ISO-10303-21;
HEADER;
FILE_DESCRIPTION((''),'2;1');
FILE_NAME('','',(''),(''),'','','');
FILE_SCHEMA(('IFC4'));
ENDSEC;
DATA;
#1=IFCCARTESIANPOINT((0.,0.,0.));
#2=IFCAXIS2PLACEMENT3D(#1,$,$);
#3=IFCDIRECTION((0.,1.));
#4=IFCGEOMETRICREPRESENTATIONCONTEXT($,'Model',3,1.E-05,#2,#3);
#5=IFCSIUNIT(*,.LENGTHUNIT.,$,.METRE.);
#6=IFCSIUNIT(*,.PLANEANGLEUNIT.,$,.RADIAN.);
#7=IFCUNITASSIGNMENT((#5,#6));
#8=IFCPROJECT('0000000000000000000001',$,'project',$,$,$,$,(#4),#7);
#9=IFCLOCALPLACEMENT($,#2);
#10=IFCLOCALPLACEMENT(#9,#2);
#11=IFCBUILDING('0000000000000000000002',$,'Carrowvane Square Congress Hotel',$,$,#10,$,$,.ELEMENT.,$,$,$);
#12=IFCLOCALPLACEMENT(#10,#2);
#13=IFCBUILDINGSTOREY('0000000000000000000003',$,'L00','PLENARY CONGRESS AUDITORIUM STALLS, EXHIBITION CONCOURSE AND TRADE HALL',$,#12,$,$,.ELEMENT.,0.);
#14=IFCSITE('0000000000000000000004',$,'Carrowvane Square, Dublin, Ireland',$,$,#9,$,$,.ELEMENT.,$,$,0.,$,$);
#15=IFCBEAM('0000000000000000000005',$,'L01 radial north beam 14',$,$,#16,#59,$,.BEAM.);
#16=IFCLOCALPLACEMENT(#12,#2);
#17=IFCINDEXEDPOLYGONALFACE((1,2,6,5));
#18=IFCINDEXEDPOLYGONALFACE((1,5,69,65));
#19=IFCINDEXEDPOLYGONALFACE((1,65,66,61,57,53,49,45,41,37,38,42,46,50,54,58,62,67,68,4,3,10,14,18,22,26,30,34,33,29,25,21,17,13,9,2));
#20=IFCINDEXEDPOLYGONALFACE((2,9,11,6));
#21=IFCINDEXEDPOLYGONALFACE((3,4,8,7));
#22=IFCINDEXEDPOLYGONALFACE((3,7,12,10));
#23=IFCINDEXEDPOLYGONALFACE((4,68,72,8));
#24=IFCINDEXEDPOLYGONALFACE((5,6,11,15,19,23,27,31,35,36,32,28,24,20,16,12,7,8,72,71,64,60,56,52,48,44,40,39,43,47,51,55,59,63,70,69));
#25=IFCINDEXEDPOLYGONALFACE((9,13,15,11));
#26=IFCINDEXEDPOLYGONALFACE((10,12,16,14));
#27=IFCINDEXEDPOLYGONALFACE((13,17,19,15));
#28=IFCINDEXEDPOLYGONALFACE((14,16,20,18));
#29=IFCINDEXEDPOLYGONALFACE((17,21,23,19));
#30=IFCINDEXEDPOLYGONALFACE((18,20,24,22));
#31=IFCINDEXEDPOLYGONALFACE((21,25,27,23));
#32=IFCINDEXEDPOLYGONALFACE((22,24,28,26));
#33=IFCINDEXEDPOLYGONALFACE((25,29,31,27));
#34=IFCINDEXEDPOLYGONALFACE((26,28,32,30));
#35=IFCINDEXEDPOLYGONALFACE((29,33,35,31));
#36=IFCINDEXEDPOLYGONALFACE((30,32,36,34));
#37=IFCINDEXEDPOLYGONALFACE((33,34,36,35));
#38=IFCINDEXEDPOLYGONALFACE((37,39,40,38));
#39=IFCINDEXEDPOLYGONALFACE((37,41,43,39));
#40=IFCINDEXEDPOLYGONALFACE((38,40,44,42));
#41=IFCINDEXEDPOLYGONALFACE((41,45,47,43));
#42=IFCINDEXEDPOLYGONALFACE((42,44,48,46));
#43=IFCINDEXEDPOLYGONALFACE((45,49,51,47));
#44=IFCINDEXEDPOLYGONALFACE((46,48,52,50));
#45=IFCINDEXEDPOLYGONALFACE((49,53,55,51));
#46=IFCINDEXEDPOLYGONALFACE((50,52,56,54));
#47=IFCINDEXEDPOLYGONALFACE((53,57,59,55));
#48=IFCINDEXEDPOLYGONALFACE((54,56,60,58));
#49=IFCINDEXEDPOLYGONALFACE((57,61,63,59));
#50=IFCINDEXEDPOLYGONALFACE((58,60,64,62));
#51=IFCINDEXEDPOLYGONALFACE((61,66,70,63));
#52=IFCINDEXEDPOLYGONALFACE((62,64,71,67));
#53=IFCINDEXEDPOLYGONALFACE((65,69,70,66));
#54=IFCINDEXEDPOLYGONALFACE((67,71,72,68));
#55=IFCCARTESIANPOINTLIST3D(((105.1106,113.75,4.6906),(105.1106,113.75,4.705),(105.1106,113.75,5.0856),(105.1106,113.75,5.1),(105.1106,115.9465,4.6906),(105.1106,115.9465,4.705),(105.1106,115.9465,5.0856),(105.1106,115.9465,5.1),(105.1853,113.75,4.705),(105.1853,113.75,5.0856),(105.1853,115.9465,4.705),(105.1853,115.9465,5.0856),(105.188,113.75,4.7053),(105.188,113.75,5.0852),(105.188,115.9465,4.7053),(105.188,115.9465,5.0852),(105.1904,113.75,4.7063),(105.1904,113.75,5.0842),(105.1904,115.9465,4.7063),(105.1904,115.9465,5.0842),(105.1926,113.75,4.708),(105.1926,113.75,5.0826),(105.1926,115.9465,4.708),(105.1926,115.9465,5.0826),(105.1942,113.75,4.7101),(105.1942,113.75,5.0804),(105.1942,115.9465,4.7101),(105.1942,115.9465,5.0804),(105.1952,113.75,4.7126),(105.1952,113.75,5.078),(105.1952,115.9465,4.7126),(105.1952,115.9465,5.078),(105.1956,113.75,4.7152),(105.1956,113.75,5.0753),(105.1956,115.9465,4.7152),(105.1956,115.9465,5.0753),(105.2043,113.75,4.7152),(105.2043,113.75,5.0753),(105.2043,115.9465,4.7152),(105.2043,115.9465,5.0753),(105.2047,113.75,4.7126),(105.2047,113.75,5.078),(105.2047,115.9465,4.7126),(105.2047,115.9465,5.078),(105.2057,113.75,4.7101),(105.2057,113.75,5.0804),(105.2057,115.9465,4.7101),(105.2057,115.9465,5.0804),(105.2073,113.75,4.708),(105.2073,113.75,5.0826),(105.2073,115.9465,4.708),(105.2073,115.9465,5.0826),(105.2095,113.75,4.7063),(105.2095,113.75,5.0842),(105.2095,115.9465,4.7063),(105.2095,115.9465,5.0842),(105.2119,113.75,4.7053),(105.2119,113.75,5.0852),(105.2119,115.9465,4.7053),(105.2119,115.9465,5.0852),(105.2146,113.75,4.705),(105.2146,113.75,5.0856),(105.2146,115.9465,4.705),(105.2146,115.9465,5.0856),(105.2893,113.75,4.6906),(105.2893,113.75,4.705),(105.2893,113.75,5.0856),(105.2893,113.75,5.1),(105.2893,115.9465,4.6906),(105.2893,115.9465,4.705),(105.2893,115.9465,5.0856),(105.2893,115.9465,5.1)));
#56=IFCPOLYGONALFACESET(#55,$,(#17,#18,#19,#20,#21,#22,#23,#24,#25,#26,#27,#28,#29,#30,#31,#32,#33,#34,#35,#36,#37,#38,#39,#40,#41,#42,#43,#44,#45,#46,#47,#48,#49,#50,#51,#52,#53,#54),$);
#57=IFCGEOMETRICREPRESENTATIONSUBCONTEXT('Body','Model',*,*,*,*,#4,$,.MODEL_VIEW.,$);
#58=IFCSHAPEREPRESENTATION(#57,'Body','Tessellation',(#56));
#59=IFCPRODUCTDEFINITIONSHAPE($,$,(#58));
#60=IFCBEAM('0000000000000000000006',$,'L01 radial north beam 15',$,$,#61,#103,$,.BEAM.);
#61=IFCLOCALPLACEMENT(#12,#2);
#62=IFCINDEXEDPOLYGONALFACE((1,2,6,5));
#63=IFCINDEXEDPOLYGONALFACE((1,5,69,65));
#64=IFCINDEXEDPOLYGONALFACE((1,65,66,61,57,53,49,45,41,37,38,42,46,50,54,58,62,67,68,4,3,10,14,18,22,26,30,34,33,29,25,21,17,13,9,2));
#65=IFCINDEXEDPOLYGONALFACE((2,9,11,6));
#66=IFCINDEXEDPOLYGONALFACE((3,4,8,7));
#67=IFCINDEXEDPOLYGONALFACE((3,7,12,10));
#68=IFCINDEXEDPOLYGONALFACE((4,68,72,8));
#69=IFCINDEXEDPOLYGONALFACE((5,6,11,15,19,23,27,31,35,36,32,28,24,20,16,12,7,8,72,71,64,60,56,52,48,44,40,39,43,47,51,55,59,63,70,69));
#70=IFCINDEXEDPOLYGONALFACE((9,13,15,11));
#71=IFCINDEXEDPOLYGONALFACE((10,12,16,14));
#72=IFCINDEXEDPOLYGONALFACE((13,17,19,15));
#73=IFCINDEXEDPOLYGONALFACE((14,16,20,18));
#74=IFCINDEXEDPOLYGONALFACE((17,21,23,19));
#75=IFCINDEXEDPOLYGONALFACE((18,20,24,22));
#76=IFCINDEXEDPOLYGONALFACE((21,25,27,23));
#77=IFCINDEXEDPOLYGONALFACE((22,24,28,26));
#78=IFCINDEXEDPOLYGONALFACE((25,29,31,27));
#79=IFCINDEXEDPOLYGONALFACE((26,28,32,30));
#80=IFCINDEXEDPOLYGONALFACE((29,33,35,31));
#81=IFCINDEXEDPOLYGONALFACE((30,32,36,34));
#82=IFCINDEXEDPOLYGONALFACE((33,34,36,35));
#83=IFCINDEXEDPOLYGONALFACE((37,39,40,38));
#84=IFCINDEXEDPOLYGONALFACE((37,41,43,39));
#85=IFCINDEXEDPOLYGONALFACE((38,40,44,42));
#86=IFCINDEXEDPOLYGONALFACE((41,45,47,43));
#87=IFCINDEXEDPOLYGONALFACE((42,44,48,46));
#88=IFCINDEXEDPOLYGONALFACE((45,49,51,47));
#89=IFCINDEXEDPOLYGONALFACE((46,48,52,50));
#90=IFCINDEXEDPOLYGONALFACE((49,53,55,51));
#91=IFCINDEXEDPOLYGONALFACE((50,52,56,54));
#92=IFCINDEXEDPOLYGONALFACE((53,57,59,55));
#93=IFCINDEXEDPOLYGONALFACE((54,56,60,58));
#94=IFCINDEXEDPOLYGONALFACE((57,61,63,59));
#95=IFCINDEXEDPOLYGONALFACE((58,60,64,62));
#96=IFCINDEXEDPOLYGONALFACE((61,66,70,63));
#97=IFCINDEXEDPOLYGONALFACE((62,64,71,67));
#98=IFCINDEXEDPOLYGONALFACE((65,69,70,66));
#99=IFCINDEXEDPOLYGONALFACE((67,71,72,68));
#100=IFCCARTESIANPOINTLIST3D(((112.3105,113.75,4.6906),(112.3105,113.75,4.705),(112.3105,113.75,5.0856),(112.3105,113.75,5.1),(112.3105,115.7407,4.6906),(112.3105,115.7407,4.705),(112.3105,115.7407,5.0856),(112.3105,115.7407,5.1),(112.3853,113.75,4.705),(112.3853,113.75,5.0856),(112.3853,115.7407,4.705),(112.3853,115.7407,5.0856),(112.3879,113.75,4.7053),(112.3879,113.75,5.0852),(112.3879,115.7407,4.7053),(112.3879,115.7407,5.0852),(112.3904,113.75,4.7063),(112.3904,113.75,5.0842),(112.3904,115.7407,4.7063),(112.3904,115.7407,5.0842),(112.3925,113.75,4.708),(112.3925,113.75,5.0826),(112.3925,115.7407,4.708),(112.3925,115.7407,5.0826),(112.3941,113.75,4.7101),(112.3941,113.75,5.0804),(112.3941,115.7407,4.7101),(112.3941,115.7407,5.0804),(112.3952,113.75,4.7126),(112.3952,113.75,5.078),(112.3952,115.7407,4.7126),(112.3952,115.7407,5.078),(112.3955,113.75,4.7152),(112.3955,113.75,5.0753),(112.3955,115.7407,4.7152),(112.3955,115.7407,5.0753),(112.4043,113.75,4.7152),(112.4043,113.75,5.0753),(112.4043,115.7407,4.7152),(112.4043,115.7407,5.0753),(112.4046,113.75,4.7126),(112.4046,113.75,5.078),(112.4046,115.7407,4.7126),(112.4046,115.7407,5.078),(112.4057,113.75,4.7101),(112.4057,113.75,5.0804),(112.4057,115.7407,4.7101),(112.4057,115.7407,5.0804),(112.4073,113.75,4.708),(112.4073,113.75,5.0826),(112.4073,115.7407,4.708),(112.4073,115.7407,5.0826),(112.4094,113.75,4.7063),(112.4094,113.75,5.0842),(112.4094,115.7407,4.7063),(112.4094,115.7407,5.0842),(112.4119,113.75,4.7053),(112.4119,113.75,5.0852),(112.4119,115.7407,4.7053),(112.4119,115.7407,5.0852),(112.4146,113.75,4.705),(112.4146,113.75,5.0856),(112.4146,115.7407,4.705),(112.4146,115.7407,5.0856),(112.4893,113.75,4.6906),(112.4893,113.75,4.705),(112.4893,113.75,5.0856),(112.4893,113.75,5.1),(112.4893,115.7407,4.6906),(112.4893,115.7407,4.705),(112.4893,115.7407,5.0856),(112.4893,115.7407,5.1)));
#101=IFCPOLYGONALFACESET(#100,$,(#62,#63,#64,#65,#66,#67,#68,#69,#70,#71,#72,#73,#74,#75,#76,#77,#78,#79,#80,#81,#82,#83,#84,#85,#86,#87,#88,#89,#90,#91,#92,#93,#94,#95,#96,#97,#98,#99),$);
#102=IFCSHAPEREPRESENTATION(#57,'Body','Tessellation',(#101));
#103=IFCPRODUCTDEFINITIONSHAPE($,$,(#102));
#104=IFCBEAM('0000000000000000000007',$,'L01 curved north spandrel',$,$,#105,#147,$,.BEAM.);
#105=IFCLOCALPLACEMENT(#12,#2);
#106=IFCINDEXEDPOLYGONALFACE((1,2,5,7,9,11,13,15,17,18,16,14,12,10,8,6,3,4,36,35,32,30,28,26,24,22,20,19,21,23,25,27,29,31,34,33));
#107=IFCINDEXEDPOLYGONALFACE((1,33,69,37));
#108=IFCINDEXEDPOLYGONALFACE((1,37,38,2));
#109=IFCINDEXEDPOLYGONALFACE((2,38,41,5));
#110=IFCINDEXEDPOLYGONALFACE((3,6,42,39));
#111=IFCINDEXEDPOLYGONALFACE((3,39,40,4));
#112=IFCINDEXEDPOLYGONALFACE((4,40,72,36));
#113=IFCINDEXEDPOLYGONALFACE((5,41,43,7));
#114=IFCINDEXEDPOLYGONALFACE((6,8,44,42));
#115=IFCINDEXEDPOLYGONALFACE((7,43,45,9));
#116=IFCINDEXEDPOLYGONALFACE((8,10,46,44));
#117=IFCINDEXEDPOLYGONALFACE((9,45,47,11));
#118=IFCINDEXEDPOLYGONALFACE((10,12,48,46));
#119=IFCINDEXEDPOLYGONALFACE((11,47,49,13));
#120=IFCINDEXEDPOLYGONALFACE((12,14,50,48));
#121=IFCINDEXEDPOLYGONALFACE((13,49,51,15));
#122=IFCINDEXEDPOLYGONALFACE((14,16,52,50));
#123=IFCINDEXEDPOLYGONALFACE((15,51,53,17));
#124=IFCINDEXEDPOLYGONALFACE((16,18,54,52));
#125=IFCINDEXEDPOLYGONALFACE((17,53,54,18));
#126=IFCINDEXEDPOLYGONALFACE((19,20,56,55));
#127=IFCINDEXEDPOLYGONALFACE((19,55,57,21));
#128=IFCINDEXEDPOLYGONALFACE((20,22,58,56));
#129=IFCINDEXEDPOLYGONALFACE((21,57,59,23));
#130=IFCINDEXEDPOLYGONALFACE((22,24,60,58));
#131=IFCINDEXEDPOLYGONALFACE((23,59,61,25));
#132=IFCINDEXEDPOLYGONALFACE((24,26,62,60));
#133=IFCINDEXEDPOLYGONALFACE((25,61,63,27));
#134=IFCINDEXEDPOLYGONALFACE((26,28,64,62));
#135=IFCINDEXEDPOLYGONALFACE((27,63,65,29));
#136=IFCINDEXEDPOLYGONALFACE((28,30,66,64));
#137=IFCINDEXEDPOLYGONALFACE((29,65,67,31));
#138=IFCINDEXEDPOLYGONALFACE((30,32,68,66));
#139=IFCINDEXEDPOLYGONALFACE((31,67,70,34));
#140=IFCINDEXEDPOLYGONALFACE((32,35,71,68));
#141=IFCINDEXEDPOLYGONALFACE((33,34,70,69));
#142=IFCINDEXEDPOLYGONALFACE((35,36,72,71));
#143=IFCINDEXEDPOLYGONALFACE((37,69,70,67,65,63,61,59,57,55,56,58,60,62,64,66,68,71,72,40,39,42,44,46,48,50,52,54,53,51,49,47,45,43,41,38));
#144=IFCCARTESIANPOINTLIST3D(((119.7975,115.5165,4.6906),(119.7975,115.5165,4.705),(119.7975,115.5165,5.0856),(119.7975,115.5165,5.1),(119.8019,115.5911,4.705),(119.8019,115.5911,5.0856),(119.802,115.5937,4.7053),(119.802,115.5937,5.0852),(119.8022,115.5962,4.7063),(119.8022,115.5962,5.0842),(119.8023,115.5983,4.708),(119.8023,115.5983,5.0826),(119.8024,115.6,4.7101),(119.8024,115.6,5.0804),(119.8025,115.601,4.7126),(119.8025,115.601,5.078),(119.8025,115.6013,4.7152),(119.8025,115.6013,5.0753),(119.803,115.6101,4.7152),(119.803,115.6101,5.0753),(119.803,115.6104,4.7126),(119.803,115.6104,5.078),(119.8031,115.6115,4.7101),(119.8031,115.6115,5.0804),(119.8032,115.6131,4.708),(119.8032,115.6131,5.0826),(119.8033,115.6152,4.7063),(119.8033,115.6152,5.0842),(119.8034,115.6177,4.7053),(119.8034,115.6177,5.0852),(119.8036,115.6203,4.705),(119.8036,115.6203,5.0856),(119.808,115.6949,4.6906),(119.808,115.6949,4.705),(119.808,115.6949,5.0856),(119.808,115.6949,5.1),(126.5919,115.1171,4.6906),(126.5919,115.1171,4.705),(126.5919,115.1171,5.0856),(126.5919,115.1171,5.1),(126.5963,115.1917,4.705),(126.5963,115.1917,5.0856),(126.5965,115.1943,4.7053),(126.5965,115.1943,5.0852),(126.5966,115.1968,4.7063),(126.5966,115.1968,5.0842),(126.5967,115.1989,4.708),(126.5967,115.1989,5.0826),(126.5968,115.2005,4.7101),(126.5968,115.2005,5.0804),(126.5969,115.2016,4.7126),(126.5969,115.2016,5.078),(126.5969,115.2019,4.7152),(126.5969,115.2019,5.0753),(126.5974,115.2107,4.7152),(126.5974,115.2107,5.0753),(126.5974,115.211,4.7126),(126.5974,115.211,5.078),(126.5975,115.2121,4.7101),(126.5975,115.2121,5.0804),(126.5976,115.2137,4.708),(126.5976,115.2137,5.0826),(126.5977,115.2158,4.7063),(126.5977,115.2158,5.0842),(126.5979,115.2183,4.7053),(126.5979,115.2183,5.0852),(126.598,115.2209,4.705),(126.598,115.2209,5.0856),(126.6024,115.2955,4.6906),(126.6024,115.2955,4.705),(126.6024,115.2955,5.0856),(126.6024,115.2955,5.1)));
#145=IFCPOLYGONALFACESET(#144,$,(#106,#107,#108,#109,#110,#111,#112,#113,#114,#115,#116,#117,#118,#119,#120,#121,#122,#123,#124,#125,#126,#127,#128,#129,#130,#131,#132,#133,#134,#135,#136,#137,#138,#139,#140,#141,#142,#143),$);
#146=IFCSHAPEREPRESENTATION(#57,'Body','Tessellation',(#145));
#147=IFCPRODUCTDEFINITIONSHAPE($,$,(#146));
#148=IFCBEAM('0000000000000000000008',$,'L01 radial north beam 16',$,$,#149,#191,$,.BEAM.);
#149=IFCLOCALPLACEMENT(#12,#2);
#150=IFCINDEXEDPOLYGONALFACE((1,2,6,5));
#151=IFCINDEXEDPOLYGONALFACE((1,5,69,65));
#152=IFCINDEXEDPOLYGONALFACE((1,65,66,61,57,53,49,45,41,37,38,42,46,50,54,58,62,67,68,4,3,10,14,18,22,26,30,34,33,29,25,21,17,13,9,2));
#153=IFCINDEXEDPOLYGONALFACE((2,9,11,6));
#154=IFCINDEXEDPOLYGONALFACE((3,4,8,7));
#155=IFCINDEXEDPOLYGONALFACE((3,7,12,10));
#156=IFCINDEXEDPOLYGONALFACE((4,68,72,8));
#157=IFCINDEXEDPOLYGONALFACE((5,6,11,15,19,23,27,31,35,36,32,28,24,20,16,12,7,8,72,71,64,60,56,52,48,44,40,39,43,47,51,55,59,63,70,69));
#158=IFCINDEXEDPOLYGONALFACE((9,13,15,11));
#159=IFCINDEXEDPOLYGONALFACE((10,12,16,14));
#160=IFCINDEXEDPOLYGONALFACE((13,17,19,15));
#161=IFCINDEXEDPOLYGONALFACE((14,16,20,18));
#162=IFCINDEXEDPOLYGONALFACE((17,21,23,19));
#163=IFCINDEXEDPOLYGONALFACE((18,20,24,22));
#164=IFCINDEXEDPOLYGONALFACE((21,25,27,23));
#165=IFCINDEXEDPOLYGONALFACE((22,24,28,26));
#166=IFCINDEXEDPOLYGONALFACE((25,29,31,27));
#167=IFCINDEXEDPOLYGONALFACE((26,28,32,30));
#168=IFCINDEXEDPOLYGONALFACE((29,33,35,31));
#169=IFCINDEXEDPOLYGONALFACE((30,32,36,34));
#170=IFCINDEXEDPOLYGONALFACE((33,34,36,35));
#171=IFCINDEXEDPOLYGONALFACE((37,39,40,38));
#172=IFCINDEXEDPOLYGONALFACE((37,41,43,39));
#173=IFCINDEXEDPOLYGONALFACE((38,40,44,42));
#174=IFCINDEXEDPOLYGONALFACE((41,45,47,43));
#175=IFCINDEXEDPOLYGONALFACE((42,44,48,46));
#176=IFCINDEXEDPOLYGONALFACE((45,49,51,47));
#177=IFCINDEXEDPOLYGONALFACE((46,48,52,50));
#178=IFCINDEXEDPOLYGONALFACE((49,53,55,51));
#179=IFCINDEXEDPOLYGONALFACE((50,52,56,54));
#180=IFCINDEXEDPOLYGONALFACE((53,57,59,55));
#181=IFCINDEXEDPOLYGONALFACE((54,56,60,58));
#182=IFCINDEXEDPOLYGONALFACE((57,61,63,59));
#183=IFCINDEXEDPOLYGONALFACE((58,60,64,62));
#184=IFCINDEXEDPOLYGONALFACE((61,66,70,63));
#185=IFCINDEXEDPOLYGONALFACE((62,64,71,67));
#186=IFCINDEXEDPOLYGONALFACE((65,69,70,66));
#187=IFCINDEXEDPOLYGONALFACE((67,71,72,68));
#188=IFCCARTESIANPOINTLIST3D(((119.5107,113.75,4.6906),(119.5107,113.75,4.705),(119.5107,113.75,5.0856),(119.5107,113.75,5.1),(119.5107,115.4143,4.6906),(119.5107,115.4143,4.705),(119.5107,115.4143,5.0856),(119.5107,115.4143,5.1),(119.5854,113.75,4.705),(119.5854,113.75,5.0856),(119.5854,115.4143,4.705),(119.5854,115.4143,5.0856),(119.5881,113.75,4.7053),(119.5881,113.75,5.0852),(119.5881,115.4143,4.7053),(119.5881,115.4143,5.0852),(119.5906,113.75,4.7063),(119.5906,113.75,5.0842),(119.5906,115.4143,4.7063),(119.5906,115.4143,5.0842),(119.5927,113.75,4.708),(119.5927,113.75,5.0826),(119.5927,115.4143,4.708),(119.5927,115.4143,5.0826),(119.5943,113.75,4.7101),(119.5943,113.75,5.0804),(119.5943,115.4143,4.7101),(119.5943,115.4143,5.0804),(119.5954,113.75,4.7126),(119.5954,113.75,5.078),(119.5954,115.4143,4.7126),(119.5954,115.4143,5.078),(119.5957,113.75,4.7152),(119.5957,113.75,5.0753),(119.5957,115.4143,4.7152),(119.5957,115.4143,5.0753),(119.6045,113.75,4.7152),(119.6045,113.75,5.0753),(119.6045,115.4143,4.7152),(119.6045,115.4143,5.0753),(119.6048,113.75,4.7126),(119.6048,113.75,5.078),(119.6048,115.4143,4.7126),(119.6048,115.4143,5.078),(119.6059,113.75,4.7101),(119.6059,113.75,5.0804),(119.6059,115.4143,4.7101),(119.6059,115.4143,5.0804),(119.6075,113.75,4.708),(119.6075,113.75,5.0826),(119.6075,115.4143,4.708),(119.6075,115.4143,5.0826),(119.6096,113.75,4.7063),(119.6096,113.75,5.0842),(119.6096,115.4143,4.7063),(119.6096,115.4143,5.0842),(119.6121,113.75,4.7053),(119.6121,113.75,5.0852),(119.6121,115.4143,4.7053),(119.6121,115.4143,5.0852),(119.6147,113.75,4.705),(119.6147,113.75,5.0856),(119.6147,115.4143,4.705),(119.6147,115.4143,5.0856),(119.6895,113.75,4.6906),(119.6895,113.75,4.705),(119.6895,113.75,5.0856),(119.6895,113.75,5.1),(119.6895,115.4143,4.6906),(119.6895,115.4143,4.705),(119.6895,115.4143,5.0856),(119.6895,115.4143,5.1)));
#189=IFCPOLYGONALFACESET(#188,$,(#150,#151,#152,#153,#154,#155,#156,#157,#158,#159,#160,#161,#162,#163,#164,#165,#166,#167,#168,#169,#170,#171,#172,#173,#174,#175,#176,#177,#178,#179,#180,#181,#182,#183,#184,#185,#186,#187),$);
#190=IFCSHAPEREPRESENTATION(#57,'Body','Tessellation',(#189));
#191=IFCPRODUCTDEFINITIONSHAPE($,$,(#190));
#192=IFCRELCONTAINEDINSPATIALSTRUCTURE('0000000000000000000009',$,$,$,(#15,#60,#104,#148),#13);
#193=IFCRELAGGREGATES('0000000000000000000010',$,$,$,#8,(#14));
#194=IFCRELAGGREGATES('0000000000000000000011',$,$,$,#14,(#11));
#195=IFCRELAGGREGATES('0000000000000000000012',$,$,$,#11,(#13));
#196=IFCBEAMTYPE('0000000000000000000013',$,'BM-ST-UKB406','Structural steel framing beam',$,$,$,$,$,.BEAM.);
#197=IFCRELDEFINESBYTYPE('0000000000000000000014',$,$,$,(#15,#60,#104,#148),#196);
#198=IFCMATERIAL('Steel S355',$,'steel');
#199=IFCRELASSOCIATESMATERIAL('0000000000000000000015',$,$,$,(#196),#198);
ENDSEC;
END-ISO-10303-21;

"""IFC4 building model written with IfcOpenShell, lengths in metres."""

from ifc_helpers import new_model, si_unit, direction, frame, origin, origin_2d, place, context, subcontext, project, spatial, i_section, extrude, material, material_profile, profile_set, type_object, element, save


model = new_model("IFC4")

# Units and contexts
model_context = context("Model", 3, precision=1e-05, world=origin(), true_north=direction((0.0, 1.0)))
body_context = subcontext(model_context, "Body", "Model", "MODEL_VIEW")
ifc_project = project(units=[si_unit("LENGTHUNIT", "METRE"), si_unit("PLANEANGLEUNIT", "RADIAN")], contexts=[model_context])

# Site, building, storey
site_placement = place(None, origin())
site = spatial("IfcSite", under=ifc_project, at=site_placement, Name="Carrowvane Square, Dublin, Ireland", CompositionType="ELEMENT", RefElevation=0.0)
building_placement = place(site_placement, origin())
building = spatial("IfcBuilding", under=site, at=building_placement, Name="Carrowvane Square Congress Hotel", CompositionType="ELEMENT")
storey_placement = place(building_placement, origin())
storey = spatial("IfcBuildingStorey", under=building, at=storey_placement, Name="L00", Description="PLENARY CONGRESS AUDITORIUM STALLS, EXHIBITION CONCOURSE AND TRADE HALL", CompositionType="ELEMENT", Elevation=0.0)

# Beams
ifc_material_1 = material(Name="Steel S355", Category="steel")
ifc_material_profile_1 = material_profile(ifc_material_1, i_section(OverallWidth=0.1787, OverallDepth=0.4094, WebThickness=0.0088, FlangeThickness=0.0144, FilletRadius=0.0103, at=origin_2d()), Name="UKB 406x178x67")
ifc_profile_set_1 = profile_set([ifc_material_profile_1], Name="Steel S355")
beam_type_1 = type_object("IfcBeamType", Name="BM-ST-UKB406", Description="Structural steel framing beam", PredefinedType="BEAM", material=ifc_profile_set_1)
beam_1_placement = place(storey_placement, frame((105.2, 113.75, 4.8953), z_axis=(0.0, 1.0, 0.0), x_axis=(-1.0, 0.0, 0.0)))
element("IfcBeam", 1, at=beam_1_placement, inside=storey, type_object=beam_type_1, Name="L01 radial north beam 14", PredefinedType="BEAM", context=body_context, shape_type="SweptSolid", body=[
    extrude(i_section(OverallWidth=0.1787, OverallDepth=0.4094, WebThickness=0.0088, FlangeThickness=0.0144, FilletRadius=0.0103, at=origin_2d()), origin(), (0.0, 0.0, 1.0), 2.1965),
])
beam_2_placement = place(storey_placement, frame((112.3999, 113.75, 4.8953), z_axis=(0.0, 1.0, 0.0), x_axis=(-1.0, 0.0, 0.0)))
element("IfcBeam", 2, at=beam_2_placement, inside=storey, type_object=beam_type_1, Name="L01 radial north beam 15", PredefinedType="BEAM", context=body_context, shape_type="SweptSolid", body=[
    extrude(i_section(OverallWidth=0.1787, OverallDepth=0.4094, WebThickness=0.0088, FlangeThickness=0.0144, FilletRadius=0.0103, at=origin_2d()), origin(), (0.0, 0.0, 1.0), 1.9907),
])
beam_3_placement = place(storey_placement, frame((119.8027, 115.6057, 4.8953), z_axis=(0.998277, -0.058684, 0.0), x_axis=(0.058684, 0.998277, 0.0)))
element("IfcBeam", 3, at=beam_3_placement, inside=storey, type_object=beam_type_1, Name="L01 curved north spandrel", PredefinedType="BEAM", context=body_context, shape_type="SweptSolid", body=[
    extrude(i_section(OverallWidth=0.1787, OverallDepth=0.4094, WebThickness=0.0088, FlangeThickness=0.0144, FilletRadius=0.0103, at=origin_2d()), origin(), (0.0, 0.0, 1.0), 6.8062),
])
beam_4_placement = place(storey_placement, frame((119.6001, 113.75, 4.8953), z_axis=(0.0, 1.0, 0.0), x_axis=(-1.0, 0.0, 0.0)))
element("IfcBeam", 4, at=beam_4_placement, inside=storey, type_object=beam_type_1, Name="L01 radial north beam 16", PredefinedType="BEAM", context=body_context, shape_type="SweptSolid", body=[
    extrude(i_section(OverallWidth=0.1787, OverallDepth=0.4094, WebThickness=0.0088, FlangeThickness=0.0144, FilletRadius=0.0103, at=origin_2d()), origin(), (0.0, 0.0, 1.0), 1.6643),
])

save(model, "model.ifc")
